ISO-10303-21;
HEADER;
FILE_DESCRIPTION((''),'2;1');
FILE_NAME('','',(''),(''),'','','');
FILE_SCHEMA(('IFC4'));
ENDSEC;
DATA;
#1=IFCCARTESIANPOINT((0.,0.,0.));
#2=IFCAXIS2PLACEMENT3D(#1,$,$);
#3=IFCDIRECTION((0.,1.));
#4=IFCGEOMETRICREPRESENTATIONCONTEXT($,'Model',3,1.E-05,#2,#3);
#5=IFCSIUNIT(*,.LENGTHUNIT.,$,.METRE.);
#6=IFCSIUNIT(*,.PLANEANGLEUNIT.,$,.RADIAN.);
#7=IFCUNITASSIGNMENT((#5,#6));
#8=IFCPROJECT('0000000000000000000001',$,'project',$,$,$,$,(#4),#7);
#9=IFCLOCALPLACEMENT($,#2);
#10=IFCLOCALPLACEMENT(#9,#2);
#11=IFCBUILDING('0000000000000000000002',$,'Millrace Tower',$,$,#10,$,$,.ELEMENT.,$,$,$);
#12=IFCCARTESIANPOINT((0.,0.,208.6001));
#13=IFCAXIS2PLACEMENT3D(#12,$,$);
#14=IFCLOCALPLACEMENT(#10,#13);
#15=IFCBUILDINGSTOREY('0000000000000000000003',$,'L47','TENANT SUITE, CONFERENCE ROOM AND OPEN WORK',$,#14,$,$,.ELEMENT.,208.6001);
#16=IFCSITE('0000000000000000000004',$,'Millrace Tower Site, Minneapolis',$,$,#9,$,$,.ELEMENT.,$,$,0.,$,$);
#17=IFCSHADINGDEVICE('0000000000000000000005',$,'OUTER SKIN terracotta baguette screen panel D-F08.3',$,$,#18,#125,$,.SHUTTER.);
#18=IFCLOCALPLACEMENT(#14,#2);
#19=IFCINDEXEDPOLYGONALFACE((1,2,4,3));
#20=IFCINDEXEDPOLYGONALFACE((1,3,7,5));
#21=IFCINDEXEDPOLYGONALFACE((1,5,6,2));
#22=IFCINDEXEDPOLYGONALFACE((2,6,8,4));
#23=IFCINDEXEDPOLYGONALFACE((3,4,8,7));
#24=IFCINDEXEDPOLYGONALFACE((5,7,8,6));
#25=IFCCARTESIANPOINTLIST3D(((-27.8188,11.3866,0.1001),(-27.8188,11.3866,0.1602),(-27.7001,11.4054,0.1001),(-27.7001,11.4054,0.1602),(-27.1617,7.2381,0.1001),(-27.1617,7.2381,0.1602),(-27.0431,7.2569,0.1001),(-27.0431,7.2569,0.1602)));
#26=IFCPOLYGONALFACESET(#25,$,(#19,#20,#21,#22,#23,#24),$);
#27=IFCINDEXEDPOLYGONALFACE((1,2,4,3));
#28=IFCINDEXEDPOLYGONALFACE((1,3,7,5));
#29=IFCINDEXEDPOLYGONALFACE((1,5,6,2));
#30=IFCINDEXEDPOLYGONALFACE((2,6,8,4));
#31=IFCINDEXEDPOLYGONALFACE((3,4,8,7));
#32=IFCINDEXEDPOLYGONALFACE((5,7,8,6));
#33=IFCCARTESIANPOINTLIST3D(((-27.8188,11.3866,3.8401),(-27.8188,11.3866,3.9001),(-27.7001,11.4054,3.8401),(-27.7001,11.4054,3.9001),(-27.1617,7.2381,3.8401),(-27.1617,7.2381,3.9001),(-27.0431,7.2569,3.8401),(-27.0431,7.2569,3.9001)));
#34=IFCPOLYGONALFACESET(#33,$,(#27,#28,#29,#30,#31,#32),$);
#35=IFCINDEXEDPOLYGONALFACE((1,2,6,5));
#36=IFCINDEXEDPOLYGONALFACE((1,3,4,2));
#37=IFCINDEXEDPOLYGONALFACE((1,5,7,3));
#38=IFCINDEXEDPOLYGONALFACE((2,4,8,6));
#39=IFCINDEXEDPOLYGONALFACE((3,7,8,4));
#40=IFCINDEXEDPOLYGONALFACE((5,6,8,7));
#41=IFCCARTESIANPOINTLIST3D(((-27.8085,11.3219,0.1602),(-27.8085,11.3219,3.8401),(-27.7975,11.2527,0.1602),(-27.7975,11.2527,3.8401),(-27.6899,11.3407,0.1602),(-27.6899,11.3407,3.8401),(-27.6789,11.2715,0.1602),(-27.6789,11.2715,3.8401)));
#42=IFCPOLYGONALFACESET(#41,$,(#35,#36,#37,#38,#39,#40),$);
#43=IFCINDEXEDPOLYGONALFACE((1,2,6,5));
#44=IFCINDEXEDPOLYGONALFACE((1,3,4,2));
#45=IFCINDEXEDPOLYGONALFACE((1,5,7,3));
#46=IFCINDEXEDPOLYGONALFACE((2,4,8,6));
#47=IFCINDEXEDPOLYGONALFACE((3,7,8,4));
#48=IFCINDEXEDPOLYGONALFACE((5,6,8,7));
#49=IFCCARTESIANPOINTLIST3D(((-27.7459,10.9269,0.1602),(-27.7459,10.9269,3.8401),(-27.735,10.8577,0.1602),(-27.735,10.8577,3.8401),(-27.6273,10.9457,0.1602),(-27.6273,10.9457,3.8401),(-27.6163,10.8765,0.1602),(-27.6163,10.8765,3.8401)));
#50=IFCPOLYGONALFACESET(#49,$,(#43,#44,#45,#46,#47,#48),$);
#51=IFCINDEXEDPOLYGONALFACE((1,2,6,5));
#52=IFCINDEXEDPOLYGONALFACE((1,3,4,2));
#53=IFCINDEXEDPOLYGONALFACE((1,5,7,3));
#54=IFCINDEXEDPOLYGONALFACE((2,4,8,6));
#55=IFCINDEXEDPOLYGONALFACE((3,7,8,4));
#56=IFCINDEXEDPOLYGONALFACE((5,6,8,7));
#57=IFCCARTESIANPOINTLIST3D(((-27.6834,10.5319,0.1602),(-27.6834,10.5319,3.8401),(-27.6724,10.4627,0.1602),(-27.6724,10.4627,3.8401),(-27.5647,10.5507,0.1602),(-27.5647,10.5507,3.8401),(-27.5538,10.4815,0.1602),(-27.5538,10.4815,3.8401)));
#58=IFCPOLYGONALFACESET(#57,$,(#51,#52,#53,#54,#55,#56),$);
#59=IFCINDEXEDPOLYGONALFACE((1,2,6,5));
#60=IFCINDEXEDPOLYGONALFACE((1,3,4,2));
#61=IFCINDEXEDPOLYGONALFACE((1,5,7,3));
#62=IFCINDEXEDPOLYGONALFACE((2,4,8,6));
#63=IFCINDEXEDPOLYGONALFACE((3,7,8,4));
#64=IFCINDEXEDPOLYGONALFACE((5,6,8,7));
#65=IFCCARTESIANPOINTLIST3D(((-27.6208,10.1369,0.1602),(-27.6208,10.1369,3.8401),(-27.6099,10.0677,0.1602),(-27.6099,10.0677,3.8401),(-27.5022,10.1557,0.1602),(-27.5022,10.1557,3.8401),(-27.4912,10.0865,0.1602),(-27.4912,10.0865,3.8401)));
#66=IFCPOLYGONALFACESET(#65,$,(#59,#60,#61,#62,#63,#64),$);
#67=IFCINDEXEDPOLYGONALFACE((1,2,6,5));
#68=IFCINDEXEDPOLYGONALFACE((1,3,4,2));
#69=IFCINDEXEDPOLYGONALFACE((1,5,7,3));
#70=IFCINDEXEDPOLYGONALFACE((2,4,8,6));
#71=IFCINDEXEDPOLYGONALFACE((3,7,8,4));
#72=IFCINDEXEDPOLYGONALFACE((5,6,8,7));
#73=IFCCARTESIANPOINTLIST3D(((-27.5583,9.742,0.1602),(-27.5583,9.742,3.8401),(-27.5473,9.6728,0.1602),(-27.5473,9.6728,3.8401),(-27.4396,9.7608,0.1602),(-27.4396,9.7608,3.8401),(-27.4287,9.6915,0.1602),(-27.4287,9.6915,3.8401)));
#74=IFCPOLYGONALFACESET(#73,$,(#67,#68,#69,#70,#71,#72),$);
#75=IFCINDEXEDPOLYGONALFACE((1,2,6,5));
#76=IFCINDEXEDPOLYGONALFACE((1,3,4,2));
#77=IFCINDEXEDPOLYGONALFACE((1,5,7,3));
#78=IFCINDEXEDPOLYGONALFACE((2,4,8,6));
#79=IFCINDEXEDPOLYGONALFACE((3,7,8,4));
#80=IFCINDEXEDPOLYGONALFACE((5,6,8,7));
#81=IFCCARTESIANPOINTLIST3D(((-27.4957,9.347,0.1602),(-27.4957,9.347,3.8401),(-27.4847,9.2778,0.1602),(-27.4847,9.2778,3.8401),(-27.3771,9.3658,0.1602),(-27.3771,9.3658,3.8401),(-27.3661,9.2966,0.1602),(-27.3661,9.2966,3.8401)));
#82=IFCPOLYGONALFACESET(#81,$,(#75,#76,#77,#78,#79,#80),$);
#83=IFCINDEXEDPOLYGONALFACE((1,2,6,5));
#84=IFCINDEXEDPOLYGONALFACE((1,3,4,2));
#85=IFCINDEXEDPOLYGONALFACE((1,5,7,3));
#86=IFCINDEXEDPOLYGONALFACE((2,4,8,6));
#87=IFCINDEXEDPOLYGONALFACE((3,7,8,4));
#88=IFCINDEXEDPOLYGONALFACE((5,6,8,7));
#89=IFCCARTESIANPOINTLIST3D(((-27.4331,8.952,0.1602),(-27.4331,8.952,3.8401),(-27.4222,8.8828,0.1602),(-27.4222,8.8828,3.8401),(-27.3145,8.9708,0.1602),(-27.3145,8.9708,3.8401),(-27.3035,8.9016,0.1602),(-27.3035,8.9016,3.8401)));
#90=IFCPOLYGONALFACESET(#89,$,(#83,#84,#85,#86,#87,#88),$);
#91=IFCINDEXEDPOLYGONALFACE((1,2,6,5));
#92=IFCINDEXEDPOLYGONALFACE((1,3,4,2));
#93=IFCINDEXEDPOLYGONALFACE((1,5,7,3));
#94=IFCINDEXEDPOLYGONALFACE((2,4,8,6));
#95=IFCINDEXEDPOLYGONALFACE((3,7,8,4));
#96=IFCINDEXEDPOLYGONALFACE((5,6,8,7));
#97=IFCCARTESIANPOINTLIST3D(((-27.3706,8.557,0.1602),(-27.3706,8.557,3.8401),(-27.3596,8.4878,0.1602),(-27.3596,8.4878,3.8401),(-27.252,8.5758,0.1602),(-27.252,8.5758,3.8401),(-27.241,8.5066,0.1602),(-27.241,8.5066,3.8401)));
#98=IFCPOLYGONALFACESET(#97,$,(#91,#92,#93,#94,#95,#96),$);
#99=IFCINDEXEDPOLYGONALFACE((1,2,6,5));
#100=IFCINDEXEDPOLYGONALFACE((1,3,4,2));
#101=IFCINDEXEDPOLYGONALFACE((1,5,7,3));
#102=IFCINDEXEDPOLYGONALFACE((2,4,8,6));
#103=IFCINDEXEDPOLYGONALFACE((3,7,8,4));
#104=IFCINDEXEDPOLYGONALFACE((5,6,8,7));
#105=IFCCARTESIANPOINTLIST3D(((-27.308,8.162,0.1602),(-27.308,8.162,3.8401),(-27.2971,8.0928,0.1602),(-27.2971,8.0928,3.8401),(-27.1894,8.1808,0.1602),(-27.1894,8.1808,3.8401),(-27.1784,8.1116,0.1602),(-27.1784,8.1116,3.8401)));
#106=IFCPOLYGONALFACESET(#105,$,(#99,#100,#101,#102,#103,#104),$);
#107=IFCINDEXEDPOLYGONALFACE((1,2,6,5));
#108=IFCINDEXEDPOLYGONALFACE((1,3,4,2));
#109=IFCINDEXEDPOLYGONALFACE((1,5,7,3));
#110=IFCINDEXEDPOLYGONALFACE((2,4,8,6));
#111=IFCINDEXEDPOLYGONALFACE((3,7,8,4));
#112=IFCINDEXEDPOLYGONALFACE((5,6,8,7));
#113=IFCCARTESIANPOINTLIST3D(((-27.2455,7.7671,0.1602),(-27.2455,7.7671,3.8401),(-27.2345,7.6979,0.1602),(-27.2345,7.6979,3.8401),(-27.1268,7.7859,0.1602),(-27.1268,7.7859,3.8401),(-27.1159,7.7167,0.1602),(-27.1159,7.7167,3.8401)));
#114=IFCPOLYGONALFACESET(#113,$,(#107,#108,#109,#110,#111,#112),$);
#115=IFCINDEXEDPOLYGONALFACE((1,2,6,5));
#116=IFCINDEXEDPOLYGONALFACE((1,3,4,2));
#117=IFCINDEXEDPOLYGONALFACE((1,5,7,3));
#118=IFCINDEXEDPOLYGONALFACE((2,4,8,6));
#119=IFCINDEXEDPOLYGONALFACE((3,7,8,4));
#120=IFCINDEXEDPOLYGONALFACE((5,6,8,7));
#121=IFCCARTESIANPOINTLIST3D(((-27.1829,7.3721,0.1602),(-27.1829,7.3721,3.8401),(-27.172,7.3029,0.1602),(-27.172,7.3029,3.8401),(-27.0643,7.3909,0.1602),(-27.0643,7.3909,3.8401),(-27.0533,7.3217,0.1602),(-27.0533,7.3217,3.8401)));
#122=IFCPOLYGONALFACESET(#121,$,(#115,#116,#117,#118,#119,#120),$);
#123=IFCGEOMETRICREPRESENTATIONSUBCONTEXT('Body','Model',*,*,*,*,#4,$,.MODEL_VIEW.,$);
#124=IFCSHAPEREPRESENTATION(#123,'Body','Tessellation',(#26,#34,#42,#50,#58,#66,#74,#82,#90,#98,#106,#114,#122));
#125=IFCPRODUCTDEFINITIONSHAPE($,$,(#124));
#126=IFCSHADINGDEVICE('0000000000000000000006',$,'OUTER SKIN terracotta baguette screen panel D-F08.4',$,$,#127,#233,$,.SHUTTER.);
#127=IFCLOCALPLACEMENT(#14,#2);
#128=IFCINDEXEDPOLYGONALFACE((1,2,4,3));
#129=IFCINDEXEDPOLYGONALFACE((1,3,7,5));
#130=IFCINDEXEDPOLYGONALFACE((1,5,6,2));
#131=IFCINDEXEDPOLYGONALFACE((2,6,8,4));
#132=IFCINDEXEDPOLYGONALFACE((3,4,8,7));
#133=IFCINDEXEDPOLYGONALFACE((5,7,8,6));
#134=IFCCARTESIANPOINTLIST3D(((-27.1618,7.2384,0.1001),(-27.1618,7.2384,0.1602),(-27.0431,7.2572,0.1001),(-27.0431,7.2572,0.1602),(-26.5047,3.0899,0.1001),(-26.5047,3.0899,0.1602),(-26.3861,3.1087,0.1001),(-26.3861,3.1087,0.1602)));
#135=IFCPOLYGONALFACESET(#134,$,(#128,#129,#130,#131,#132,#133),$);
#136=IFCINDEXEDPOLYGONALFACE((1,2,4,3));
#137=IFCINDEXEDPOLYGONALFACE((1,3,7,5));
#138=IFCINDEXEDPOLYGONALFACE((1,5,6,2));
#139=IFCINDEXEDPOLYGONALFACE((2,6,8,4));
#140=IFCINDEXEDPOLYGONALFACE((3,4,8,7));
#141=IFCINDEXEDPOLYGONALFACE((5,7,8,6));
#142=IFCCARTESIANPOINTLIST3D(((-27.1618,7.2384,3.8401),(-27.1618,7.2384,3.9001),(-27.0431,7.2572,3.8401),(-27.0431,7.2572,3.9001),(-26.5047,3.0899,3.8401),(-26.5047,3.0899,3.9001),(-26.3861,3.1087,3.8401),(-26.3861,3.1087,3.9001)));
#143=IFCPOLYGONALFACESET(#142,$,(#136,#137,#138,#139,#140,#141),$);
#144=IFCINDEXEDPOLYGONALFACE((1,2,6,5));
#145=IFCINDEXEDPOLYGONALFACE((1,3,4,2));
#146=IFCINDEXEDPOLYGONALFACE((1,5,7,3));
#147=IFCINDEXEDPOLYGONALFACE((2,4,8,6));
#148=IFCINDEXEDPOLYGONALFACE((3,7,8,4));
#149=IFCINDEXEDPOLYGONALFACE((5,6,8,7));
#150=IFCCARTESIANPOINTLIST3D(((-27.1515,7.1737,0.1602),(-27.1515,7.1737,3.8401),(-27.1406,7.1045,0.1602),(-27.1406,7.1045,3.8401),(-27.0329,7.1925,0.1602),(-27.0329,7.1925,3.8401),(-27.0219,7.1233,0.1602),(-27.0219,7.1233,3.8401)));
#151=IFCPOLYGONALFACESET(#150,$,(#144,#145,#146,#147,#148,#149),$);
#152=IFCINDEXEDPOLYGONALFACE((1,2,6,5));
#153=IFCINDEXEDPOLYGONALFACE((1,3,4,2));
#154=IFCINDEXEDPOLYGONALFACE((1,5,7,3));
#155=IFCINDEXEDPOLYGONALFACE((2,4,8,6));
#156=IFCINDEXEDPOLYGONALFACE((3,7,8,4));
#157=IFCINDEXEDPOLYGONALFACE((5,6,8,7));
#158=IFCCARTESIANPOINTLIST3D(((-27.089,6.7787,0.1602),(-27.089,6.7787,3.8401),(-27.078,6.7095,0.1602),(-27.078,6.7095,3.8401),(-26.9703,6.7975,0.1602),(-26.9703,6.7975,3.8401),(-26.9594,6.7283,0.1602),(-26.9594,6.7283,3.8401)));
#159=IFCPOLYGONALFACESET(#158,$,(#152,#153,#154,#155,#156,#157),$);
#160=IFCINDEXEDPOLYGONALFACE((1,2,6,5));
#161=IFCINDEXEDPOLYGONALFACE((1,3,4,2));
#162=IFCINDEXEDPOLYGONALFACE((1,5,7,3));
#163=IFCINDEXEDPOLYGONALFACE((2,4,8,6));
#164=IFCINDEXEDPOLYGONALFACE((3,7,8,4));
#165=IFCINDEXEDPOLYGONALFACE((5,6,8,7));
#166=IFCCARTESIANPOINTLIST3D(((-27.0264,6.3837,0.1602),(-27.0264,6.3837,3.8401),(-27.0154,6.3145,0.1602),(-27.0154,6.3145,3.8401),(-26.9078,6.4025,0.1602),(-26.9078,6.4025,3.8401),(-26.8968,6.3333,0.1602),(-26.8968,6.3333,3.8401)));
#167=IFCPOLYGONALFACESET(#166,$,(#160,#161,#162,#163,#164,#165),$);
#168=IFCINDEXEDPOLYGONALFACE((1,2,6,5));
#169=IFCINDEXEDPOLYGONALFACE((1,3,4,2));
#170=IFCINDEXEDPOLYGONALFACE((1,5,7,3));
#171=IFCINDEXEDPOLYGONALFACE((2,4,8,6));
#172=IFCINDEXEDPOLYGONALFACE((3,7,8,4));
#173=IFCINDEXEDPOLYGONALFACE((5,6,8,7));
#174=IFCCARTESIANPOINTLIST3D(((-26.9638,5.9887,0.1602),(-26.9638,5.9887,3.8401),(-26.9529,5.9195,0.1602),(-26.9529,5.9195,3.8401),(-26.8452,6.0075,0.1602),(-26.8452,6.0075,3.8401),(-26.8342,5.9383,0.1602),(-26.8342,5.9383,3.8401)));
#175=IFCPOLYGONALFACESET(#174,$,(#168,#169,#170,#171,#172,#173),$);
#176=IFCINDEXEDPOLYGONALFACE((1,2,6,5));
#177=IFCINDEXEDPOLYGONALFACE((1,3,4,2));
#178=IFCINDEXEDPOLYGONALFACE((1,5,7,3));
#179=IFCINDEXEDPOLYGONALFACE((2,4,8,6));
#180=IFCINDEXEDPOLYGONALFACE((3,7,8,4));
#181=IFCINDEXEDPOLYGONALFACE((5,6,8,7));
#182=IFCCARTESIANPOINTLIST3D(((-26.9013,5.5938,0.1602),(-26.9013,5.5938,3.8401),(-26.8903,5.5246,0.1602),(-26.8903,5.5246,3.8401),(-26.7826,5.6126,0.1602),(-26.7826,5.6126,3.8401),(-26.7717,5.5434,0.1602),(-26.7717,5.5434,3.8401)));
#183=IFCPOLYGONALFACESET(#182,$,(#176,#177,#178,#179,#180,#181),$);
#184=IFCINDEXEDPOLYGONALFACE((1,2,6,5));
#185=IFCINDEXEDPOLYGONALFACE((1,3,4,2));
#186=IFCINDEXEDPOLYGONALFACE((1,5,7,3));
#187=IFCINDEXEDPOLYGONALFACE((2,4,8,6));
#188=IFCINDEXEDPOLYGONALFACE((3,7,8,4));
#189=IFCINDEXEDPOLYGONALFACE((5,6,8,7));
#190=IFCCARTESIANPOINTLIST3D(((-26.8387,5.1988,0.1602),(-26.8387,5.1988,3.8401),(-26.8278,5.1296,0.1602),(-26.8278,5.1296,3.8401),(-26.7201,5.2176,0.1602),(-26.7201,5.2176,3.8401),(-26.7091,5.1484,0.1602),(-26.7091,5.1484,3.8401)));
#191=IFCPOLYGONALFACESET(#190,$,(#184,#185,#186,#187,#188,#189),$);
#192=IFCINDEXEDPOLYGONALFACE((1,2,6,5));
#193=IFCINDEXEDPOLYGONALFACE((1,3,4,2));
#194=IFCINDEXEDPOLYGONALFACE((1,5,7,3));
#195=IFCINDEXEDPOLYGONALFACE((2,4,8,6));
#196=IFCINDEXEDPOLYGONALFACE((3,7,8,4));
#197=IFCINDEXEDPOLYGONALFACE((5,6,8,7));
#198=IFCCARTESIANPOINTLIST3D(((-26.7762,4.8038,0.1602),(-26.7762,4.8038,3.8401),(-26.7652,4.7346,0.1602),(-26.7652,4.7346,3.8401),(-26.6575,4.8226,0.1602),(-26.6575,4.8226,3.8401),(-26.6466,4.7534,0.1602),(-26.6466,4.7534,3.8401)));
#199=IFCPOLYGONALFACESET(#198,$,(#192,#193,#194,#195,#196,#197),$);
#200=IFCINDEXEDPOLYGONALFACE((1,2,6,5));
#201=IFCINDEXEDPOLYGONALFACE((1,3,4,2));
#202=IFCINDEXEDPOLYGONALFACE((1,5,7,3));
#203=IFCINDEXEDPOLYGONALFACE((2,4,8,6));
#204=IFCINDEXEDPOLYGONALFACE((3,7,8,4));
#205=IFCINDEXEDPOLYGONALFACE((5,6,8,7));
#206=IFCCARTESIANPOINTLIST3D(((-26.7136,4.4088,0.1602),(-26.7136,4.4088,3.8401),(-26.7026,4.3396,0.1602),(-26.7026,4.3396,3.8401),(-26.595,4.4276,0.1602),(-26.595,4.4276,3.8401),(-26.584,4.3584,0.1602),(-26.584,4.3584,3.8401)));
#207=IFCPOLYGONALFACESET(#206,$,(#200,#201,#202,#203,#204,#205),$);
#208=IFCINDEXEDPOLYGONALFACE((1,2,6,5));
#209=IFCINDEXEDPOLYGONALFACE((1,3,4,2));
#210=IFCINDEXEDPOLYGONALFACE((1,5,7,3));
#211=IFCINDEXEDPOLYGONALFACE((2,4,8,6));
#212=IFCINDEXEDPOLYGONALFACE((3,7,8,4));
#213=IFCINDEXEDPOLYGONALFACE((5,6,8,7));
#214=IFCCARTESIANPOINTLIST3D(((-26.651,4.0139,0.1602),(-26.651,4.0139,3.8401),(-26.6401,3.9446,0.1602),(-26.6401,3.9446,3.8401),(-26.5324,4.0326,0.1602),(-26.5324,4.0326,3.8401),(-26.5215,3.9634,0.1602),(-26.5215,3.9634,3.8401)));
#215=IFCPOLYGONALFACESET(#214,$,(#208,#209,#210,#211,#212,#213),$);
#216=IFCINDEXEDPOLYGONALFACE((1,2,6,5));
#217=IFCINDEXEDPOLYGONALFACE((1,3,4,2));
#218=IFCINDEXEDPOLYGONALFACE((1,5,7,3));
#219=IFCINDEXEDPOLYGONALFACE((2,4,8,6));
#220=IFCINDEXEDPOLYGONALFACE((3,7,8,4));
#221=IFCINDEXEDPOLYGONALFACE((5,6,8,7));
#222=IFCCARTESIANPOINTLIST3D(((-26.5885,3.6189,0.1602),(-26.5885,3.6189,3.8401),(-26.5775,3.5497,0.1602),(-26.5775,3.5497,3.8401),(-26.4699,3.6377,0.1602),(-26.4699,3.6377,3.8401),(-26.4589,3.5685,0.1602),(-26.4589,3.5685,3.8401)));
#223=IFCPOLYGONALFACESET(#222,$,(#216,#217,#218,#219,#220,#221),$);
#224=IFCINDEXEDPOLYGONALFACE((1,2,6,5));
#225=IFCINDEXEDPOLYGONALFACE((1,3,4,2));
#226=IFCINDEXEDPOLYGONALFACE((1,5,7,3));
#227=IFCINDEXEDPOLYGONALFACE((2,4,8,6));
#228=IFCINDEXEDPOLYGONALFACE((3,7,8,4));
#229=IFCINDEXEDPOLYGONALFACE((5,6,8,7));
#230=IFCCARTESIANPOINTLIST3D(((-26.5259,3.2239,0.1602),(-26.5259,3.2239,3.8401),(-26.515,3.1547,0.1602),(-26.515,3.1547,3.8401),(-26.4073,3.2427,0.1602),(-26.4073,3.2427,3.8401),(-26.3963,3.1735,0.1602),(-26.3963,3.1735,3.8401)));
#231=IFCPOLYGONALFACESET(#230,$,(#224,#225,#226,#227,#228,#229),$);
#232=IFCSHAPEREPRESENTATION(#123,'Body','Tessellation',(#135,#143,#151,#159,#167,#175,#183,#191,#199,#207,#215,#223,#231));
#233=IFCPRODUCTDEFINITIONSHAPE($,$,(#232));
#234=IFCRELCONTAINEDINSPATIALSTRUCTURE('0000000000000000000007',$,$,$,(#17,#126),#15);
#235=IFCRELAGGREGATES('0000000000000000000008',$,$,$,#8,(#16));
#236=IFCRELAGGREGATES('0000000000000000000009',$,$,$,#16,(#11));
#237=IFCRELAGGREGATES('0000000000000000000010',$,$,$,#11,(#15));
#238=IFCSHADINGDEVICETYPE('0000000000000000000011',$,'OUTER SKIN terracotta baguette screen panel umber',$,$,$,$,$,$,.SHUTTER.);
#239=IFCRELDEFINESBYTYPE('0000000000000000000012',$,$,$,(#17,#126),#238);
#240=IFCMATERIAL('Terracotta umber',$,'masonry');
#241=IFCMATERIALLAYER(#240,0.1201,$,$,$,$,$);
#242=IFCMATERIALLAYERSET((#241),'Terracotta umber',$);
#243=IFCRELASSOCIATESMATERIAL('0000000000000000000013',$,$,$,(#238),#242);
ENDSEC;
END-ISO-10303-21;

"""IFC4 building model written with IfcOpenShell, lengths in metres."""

from ifc_helpers import new_model, entity, si_unit, direction, frame, frame_2d, origin, origin_2d, place, context, subcontext, project, spatial, rectangle, extrude, source, transform, mapped, material, layer, layer_set, type_object, element, save


model = new_model("IFC4")

# Units and contexts
model_context = context("Model", 3, precision=1e-05, world=origin(), true_north=direction((0.0, 1.0)))
body_context = subcontext(model_context, "Body", "Model", "MODEL_VIEW")
ifc_project = project(units=[si_unit("LENGTHUNIT", "METRE"), si_unit("PLANEANGLEUNIT", "RADIAN")], contexts=[model_context])

# Site, building, storey
site_placement = place(None, origin())
site = spatial("IfcSite", under=ifc_project, at=site_placement, Name="Millrace Tower Site, Minneapolis", CompositionType="ELEMENT", RefElevation=0.0)
building_placement = place(site_placement, origin())
building = spatial("IfcBuilding", under=site, at=building_placement, Name="Millrace Tower", CompositionType="ELEMENT")
storey_placement = place(building_placement, frame((0.0, 0.0, 208.6001)))
storey = spatial("IfcBuildingStorey", under=building, at=storey_placement, Name="L47", Description="TENANT SUITE, CONFERENCE ROOM AND OPEN WORK", CompositionType="ELEMENT", Elevation=208.6001)

# Shading devices
ifc_material_1 = material(Name="Terracotta umber", Category="masonry")
ifc_layer_1 = layer(ifc_material_1, 0.1201)
ifc_layer_set_1 = layer_set([ifc_layer_1], Name="Terracotta umber")
shading_device_type = type_object("IfcShadingDeviceType", Name="OUTER SKIN terracotta baguette screen panel umber", PredefinedType="SHUTTER", material=ifc_layer_set_1)
cartesian_point = entity("IfcCartesianPoint", [-2.1001, 0.0601])
shared_polyline = entity("IfcPolyline", [cartesian_point, entity("IfcCartesianPoint", [2.1001, 0.0601]), entity("IfcCartesianPoint", [2.1001, -0.0601]), entity("IfcCartesianPoint", [-2.1001, -0.0601]), cartesian_point])
shared_shape = source(origin(), body_context, "Body", "SweptSolid", [
    entity("IfcExtrudedAreaSolid", entity("IfcArbitraryClosedProfileDef", "AREA", None, shared_polyline), entity("IfcAxis2Placement3D", entity("IfcCartesianPoint", [0.0, 0.0, 0.0])), entity("IfcDirection", [0.0, 0.0, 1.0]), 0.0601),
    entity("IfcExtrudedAreaSolid", entity("IfcArbitraryClosedProfileDef", "AREA", None, shared_polyline), entity("IfcAxis2Placement3D", entity("IfcCartesianPoint", [0.0, 0.0, 3.74])), entity("IfcDirection", [0.0, 0.0, 1.0]), 0.0601),
    extrude(rectangle(XDim=0.0701, YDim=0.1201, at=frame_2d((-1.9995, 0.0))), frame((0.0, 0.0, 0.0601)), (0.0, 0.0, 1.0), 3.6799),
    extrude(rectangle(XDim=0.0701, YDim=0.1201, at=frame_2d((-1.5996, 0.0))), frame((0.0, 0.0, 0.0601)), (0.0, 0.0, 1.0), 3.6799),
    extrude(rectangle(XDim=0.0701, YDim=0.1201, at=frame_2d((-1.1997, 0.0))), frame((0.0, 0.0, 0.0601)), (0.0, 0.0, 1.0), 3.6799),
    extrude(rectangle(XDim=0.0701, YDim=0.1201, at=frame_2d((-0.7998, 0.0))), frame((0.0, 0.0, 0.0601)), (0.0, 0.0, 1.0), 3.6799),
    extrude(rectangle(XDim=0.0701, YDim=0.1201, at=frame_2d((-0.3999, 0.0))), frame((0.0, 0.0, 0.0601)), (0.0, 0.0, 1.0), 3.6799),
    extrude(rectangle(XDim=0.0701, YDim=0.1201, at=origin_2d()), frame((0.0, 0.0, 0.0601)), (0.0, 0.0, 1.0), 3.6799),
    extrude(rectangle(XDim=0.0701, YDim=0.1201, at=frame_2d((0.3999, 0.0))), frame((0.0, 0.0, 0.0601)), (0.0, 0.0, 1.0), 3.6799),
    extrude(rectangle(XDim=0.0701, YDim=0.1201, at=frame_2d((0.7998, 0.0))), frame((0.0, 0.0, 0.0601)), (0.0, 0.0, 1.0), 3.6799),
    extrude(rectangle(XDim=0.0701, YDim=0.1201, at=frame_2d((1.1997, 0.0))), frame((0.0, 0.0, 0.0601)), (0.0, 0.0, 1.0), 3.6799),
    extrude(rectangle(XDim=0.0701, YDim=0.1201, at=frame_2d((1.5996, 0.0))), frame((0.0, 0.0, 0.0601)), (0.0, 0.0, 1.0), 3.6799),
    extrude(rectangle(XDim=0.0701, YDim=0.1201, at=frame_2d((1.9995, 0.0))), frame((0.0, 0.0, 0.0601)), (0.0, 0.0, 1.0), 3.6799),
])
for number, where, z_axis, x_axis, name in (
    (1, (-27.4309, 9.3218, 0.1001), (0.0, 0.0, 1.0), (0.156434, -0.987688, 0.0), "OUTER SKIN terracotta baguette screen panel D-F08.3"),
    (2, (-26.7739, 5.1736, 0.1001), (0.0, 0.0, 1.0), (0.156434, -0.987688, 0.0), "OUTER SKIN terracotta baguette screen panel D-F08.4"),
):
    element("IfcShadingDevice", number, at=place(storey_placement, frame(where, z_axis=z_axis, x_axis=x_axis)), inside=storey, type_object=shading_device_type, Name=name, PredefinedType="SHUTTER", context=body_context, shape_type="MappedRepresentation", body=[
        mapped(shared_shape, transform((0.0, 0.0, 0.0), scale=1.0)),
    ])

save(model, "model.ifc")
